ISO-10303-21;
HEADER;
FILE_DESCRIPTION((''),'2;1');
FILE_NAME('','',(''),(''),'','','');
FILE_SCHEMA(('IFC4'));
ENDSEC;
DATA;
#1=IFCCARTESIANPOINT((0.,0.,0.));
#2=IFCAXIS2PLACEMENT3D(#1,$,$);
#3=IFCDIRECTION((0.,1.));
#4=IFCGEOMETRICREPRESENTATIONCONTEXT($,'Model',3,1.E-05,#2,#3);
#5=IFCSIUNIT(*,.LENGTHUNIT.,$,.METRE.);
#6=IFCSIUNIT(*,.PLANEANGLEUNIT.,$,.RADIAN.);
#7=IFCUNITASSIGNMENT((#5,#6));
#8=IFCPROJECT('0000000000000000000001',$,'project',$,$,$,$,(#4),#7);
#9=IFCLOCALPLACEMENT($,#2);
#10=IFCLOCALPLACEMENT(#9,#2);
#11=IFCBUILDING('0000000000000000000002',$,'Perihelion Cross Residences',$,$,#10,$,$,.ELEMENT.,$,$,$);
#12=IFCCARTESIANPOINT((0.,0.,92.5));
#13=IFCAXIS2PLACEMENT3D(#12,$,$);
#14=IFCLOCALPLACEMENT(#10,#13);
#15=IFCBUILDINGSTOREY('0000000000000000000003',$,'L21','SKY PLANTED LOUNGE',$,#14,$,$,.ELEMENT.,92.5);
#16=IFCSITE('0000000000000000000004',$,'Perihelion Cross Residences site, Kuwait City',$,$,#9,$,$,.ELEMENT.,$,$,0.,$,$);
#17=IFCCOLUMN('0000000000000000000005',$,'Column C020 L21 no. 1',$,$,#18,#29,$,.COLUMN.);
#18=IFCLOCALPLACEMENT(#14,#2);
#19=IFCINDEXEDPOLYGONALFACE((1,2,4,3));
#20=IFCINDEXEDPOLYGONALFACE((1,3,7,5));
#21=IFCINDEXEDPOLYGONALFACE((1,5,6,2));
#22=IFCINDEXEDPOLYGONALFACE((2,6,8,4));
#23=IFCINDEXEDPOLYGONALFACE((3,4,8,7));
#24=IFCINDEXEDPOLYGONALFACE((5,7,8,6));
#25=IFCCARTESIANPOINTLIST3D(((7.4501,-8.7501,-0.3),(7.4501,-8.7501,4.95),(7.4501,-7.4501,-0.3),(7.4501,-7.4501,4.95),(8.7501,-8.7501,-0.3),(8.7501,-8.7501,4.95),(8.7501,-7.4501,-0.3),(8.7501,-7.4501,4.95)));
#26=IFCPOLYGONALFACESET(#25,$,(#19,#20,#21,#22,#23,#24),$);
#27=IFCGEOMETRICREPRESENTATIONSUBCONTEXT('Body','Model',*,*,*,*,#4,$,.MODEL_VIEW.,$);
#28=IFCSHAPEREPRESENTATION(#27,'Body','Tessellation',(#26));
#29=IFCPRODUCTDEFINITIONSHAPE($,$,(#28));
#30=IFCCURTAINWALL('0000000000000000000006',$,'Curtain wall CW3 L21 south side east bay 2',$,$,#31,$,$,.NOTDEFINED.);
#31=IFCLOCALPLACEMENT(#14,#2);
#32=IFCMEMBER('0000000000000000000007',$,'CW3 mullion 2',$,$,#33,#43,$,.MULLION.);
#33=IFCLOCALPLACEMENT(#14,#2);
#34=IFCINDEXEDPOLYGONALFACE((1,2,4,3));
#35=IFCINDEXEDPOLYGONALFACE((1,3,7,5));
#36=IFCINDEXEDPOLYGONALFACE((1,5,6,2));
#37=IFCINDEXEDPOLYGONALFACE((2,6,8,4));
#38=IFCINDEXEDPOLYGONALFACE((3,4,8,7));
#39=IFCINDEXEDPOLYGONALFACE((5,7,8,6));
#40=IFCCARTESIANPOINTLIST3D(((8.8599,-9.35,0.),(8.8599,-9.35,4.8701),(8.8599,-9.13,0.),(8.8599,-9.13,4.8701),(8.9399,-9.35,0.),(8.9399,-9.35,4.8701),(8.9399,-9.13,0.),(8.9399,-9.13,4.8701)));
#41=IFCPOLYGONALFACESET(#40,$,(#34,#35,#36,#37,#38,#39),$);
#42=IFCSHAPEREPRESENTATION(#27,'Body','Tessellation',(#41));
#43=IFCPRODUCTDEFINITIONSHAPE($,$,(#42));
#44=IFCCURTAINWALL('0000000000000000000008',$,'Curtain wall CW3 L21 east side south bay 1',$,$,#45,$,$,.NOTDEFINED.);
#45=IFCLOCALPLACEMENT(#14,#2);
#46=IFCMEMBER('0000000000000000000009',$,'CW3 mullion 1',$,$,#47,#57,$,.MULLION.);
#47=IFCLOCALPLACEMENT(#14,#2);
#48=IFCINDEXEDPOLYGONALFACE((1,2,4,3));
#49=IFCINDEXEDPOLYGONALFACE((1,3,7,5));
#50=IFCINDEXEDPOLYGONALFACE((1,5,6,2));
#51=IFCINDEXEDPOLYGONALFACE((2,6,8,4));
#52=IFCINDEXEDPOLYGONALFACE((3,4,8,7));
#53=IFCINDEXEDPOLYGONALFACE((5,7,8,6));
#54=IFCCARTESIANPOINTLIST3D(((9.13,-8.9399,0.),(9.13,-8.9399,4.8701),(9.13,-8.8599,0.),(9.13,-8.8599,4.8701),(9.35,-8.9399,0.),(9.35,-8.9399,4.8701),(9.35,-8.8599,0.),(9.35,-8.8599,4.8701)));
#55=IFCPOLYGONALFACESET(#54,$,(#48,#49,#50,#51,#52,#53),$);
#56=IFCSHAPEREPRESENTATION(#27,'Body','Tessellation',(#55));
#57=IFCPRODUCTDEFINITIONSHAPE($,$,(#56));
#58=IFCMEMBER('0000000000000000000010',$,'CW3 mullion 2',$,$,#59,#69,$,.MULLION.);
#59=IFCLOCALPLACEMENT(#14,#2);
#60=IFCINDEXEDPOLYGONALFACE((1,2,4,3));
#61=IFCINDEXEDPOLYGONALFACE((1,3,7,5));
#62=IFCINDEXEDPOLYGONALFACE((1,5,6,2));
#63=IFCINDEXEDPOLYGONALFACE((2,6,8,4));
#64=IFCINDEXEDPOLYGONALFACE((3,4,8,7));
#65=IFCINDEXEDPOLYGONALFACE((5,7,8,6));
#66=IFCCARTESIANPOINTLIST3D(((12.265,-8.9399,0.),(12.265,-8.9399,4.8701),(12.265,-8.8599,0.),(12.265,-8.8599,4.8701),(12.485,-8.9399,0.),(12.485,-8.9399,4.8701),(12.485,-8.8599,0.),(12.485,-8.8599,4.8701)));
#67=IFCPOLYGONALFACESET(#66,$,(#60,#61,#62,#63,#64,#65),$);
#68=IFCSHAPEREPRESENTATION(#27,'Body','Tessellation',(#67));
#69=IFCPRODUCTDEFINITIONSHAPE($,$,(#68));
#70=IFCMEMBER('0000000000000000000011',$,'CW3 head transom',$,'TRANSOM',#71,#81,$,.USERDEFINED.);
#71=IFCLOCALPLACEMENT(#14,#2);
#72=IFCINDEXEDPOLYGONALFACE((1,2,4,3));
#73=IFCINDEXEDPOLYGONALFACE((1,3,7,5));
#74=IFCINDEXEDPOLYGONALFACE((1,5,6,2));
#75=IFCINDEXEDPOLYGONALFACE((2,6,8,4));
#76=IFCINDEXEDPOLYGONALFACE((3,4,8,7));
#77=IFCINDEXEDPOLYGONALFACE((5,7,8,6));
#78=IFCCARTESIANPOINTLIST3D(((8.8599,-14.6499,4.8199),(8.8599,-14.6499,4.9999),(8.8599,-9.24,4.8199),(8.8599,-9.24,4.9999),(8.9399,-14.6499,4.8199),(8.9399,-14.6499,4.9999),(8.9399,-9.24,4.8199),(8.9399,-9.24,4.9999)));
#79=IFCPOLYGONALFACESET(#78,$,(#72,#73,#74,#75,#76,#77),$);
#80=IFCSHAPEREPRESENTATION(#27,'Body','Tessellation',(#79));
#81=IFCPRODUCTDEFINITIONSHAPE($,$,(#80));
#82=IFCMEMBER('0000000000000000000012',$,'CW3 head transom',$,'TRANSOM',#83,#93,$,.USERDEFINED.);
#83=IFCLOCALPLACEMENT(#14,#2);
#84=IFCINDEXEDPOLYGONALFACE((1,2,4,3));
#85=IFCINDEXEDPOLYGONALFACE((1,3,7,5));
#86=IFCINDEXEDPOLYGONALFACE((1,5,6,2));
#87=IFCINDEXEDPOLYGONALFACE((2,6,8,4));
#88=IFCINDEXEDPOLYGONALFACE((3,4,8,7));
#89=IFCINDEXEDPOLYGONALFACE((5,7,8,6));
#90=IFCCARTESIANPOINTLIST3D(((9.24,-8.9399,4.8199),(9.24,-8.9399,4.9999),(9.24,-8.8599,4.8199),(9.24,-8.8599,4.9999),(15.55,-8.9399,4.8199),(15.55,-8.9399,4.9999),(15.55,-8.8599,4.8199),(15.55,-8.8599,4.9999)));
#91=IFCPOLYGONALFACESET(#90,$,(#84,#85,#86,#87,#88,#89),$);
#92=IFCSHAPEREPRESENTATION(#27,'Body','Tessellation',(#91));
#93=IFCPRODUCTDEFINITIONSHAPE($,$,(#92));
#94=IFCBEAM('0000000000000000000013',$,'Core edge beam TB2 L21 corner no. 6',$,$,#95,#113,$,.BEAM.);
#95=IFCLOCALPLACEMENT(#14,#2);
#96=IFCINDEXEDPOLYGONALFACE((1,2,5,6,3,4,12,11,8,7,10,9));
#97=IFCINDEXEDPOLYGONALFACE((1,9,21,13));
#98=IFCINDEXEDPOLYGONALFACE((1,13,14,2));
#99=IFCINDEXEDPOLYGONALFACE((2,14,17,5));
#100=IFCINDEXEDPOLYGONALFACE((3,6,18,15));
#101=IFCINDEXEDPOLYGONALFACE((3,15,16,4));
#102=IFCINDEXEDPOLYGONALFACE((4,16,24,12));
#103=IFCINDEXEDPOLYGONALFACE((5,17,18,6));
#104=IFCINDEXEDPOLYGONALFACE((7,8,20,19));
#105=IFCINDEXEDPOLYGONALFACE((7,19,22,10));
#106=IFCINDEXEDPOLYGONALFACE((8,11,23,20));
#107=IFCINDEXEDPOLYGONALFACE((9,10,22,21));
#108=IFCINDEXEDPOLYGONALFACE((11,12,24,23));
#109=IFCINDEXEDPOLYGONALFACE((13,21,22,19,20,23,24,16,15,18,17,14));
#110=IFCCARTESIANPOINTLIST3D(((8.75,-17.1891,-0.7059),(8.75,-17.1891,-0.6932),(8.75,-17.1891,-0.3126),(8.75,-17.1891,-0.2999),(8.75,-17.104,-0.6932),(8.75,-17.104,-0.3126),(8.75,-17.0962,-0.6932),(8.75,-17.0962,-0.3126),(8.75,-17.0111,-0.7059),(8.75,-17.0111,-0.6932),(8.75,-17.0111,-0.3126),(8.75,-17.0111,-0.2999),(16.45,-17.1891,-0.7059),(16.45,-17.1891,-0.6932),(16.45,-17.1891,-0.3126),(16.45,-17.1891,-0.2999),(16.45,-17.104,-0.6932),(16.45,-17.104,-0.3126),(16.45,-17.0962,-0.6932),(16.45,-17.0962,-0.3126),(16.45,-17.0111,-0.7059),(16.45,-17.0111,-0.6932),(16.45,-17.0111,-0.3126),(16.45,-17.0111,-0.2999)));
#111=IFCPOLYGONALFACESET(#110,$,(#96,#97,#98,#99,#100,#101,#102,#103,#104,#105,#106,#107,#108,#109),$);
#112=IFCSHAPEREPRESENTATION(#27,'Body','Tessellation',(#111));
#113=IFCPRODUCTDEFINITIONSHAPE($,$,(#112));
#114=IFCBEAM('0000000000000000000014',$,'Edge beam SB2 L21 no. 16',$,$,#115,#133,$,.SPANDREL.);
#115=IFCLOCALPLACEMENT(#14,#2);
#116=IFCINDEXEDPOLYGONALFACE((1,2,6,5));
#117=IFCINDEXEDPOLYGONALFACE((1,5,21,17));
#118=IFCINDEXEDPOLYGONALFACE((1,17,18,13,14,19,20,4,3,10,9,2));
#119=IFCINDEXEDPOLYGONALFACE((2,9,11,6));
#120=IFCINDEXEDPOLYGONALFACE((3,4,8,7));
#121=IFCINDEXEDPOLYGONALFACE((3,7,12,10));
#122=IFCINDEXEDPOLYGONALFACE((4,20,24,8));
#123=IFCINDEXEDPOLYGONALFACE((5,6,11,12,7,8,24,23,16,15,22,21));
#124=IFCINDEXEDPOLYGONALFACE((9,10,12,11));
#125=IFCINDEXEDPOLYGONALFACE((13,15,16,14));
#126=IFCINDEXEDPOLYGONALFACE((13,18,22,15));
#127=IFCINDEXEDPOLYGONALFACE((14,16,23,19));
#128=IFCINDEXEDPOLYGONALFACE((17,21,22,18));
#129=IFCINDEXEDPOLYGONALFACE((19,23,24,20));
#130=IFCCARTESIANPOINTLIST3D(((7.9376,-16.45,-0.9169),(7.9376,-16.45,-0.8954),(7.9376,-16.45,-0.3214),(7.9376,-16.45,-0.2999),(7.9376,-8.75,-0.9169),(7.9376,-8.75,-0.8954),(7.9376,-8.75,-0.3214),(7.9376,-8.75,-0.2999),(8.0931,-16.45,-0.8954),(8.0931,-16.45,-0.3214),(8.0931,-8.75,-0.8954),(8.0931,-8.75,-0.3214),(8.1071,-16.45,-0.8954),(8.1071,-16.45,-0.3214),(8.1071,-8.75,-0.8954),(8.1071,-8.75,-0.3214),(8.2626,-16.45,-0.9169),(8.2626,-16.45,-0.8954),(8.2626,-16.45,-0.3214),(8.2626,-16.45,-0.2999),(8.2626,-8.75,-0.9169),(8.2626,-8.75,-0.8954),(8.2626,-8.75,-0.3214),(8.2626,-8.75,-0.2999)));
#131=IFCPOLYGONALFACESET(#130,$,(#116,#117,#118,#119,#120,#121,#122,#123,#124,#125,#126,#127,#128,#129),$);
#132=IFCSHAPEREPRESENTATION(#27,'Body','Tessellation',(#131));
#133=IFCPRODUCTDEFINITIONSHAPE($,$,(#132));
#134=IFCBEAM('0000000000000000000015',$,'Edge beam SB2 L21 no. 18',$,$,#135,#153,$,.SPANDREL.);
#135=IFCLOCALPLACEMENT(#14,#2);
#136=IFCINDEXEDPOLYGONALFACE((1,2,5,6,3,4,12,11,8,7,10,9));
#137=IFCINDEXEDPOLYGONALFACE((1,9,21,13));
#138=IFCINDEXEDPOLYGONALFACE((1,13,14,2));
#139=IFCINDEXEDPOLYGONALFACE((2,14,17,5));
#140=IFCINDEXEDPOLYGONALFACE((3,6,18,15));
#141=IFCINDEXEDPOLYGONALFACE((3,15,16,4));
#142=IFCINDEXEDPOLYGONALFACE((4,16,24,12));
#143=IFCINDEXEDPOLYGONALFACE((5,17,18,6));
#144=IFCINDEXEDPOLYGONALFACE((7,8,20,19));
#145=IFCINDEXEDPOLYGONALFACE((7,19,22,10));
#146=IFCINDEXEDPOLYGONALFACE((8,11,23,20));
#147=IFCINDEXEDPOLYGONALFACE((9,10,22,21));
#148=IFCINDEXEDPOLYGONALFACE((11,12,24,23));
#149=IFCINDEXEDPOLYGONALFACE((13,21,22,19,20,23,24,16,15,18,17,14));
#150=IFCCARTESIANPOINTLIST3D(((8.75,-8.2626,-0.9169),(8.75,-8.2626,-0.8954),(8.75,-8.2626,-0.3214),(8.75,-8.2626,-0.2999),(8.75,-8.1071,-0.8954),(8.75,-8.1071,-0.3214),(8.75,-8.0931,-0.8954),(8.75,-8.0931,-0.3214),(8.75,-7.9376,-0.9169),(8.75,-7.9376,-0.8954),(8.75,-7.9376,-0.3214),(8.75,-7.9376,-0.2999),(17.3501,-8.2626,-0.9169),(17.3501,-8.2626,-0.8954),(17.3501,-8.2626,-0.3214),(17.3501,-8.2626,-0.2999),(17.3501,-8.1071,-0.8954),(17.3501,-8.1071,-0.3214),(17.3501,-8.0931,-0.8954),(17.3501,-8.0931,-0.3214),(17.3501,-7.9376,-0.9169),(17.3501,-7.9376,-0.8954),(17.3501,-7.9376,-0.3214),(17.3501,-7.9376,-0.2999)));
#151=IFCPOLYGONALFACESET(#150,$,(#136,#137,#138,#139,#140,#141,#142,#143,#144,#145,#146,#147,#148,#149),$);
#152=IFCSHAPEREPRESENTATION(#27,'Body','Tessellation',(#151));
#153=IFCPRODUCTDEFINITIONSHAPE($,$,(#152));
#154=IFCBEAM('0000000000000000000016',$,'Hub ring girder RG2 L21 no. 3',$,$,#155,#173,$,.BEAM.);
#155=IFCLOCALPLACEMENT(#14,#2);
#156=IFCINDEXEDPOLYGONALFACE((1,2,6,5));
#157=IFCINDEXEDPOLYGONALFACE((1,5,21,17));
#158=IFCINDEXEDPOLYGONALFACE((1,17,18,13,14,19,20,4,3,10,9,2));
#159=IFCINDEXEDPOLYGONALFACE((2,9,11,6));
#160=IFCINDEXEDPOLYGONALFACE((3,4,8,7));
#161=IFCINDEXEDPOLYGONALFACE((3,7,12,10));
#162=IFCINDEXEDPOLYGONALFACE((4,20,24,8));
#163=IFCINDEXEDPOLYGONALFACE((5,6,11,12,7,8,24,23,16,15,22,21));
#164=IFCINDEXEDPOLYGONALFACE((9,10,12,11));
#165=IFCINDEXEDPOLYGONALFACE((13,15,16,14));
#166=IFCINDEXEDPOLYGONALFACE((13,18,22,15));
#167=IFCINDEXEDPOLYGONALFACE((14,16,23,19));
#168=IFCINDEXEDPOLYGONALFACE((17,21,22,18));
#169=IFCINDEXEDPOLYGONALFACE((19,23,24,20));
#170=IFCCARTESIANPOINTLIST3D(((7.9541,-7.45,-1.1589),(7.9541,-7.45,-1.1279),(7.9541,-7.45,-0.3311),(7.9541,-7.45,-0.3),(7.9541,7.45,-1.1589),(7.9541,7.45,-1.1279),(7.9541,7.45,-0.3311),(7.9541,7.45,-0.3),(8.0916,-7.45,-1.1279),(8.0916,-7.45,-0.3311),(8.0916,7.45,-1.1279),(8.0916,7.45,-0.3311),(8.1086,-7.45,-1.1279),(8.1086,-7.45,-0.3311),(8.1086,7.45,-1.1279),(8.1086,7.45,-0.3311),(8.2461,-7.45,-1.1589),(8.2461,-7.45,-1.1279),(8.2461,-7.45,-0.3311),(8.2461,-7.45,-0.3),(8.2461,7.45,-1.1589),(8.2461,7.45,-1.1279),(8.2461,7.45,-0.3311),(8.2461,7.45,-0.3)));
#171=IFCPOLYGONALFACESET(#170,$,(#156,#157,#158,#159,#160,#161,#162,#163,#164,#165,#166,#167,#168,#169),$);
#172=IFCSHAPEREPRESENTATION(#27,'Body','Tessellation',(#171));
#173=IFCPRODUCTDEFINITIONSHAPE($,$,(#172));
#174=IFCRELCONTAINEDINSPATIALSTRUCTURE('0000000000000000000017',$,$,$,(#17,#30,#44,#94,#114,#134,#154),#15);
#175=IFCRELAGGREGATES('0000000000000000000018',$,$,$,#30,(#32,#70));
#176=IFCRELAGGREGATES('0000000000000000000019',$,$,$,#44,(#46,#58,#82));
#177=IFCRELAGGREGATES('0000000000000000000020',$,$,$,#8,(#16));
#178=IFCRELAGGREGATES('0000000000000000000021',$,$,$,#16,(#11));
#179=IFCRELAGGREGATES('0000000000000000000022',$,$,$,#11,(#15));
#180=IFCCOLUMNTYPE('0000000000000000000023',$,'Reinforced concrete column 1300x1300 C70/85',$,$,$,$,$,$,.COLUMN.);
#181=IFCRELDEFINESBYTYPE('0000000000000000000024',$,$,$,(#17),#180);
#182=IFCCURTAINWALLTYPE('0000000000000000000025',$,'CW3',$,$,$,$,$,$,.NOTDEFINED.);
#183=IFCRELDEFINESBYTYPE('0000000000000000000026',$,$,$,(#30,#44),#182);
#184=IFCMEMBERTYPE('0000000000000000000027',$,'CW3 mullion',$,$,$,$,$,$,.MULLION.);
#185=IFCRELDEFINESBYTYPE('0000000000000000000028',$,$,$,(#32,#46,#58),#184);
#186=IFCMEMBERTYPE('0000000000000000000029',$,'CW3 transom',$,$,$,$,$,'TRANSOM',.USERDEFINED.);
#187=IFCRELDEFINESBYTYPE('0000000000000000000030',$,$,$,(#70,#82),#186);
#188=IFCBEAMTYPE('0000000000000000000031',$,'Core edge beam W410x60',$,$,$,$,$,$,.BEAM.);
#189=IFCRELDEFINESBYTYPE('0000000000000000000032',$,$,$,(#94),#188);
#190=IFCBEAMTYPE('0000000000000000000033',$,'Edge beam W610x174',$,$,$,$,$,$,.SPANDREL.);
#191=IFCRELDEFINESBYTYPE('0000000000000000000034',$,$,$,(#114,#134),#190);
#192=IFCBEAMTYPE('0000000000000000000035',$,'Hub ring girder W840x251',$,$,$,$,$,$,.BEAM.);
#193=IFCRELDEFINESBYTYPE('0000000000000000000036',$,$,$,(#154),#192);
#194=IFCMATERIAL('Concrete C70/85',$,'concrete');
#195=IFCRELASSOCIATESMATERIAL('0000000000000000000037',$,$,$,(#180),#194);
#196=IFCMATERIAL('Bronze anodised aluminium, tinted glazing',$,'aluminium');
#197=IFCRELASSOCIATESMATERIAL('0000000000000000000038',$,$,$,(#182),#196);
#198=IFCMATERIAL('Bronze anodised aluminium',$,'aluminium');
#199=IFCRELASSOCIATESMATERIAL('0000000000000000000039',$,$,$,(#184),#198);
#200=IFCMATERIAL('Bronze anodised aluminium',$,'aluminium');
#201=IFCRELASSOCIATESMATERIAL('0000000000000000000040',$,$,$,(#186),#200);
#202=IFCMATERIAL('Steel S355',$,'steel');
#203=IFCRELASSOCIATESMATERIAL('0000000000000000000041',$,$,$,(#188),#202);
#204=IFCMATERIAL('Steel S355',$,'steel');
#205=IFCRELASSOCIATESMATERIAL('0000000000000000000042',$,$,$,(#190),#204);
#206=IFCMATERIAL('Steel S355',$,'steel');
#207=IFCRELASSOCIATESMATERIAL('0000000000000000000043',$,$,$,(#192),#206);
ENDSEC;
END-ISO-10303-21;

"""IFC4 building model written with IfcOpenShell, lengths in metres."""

from ifc_helpers import new_model, si_unit, direction, frame, origin, origin_2d, place, context, subcontext, project, spatial, rectangle, i_section, extrude, material, material_profile, profile_set, type_object, element, aggregate, save


model = new_model("IFC4")

# Units and contexts
model_context = context("Model", 3, precision=1e-05, world=origin(), true_north=direction((0.0, 1.0)))
body_context = subcontext(model_context, "Body", "Model", "MODEL_VIEW")
ifc_project = project(units=[si_unit("LENGTHUNIT", "METRE"), si_unit("PLANEANGLEUNIT", "RADIAN")], contexts=[model_context])

# Site, building, storey
site_placement = place(None, origin())
site = spatial("IfcSite", under=ifc_project, at=site_placement, Name="Perihelion Cross Residences site, Kuwait City", CompositionType="ELEMENT", RefElevation=0.0)
building_placement = place(site_placement, origin())
building = spatial("IfcBuilding", under=site, at=building_placement, Name="Perihelion Cross Residences", CompositionType="ELEMENT")
storey_placement = place(building_placement, frame((0.0, 0.0, 92.5)))
storey = spatial("IfcBuildingStorey", under=building, at=storey_placement, Name="L21", Description="SKY PLANTED LOUNGE", CompositionType="ELEMENT", Elevation=92.5)

# Column
ifc_material_1 = material(Name="Concrete C70/85", Category="concrete")
ifc_material_profile_1 = material_profile(ifc_material_1, rectangle(XDim=1.3, YDim=1.3, at=origin_2d()), Name="RC 1300x1300")
ifc_profile_set_1 = profile_set([ifc_material_profile_1], Name="Concrete C70/85")
column_type = type_object("IfcColumnType", Name="Reinforced concrete column 1300x1300 C70/85", PredefinedType="COLUMN", material=ifc_profile_set_1)
column_placement = place(storey_placement, frame((8.1001, -8.1001, -0.3), z_axis=(0.0, 0.0, 1.0), x_axis=(1.0, 0.0, 0.0)))
element("IfcColumn", 1, at=column_placement, inside=storey, type_object=column_type, Name="Column C020 L21 no. 1", PredefinedType="COLUMN", context=body_context, shape_type="SweptSolid", body=[
    extrude(rectangle(XDim=1.3, YDim=1.3, at=origin_2d()), origin(), (0.0, 0.0, 1.0), 5.25),
])

# Curtain wall, member
ifc_material_2 = material(Name="Bronze anodised aluminium, tinted glazing", Category="aluminium")
curtain_wall_type = type_object("IfcCurtainWallType", Name="CW3", PredefinedType="NOTDEFINED", material=ifc_material_2)
curtain_wall_1_placement = place(storey_placement, origin())
curtain_wall_1 = element("IfcCurtainWall", 2, at=curtain_wall_1_placement, inside=storey, type_object=curtain_wall_type, Name="Curtain wall CW3 L21 south side east bay 2", PredefinedType="NOTDEFINED")
ifc_material_3 = material(Name="Bronze anodised aluminium", Category="aluminium")
ifc_material_profile_2 = material_profile(ifc_material_3, rectangle(XDim=0.0801, YDim=0.22, at=origin_2d()), Name="CW3 mullion")
ifc_profile_set_2 = profile_set([ifc_material_profile_2], Name="Bronze anodised aluminium")
member_type_1 = type_object("IfcMemberType", Name="CW3 mullion", PredefinedType="MULLION", material=ifc_profile_set_2)
member_1_placement = place(storey_placement, frame((8.8999, -9.24, 0.0), z_axis=(0.0, 0.0, 1.0), x_axis=(-1.0, 0.0, 0.0)))
member_1 = element("IfcMember", 3, at=member_1_placement, type_object=member_type_1, Name="CW3 mullion 2", PredefinedType="MULLION", context=body_context, shape_type="SweptSolid", body=[
    extrude(rectangle(XDim=0.0801, YDim=0.22, at=origin_2d()), origin(), (0.0, 0.0, 1.0), 4.8701),
])

# Curtain wall, members
curtain_wall_2_placement = place(storey_placement, origin())
curtain_wall_2 = element("IfcCurtainWall", 4, at=curtain_wall_2_placement, inside=storey, type_object=curtain_wall_type, Name="Curtain wall CW3 L21 east side south bay 1", PredefinedType="NOTDEFINED")
member_2_placement = place(storey_placement, frame((9.24, -8.8999, 0.0), z_axis=(0.0, 0.0, 1.0), x_axis=(0.0, 1.0, 0.0)))
member_2 = element("IfcMember", 5, at=member_2_placement, type_object=member_type_1, Name="CW3 mullion 1", PredefinedType="MULLION", context=body_context, shape_type="SweptSolid", body=[
    extrude(rectangle(XDim=0.0801, YDim=0.22, at=origin_2d()), origin(), (0.0, 0.0, 1.0), 4.8701),
])
member_3_placement = place(storey_placement, frame((12.375, -8.8999, 0.0), z_axis=(0.0, 0.0, 1.0), x_axis=(0.0, 1.0, 0.0)))
member_3 = element("IfcMember", 6, at=member_3_placement, type_object=member_type_1, Name="CW3 mullion 2", PredefinedType="MULLION", context=body_context, shape_type="SweptSolid", body=[
    extrude(rectangle(XDim=0.0801, YDim=0.22, at=origin_2d()), origin(), (0.0, 0.0, 1.0), 4.8701),
])

# Members
ifc_material_4 = material(Name="Bronze anodised aluminium", Category="aluminium")
ifc_material_profile_3 = material_profile(ifc_material_4, rectangle(XDim=0.0801, YDim=0.1799, at=origin_2d()), Name="CW3 transom")
ifc_profile_set_3 = profile_set([ifc_material_profile_3], Name="Bronze anodised aluminium")
member_type_2 = type_object("IfcMemberType", Name="CW3 transom", ElementType="TRANSOM", PredefinedType="USERDEFINED", material=ifc_profile_set_3)
member_4_placement = place(storey_placement, frame((8.8999, -14.6499, 4.9099), z_axis=(0.0, 1.0, 0.0), x_axis=(-1.0, 0.0, 0.0)))
member_4 = element("IfcMember", 7, at=member_4_placement, type_object=member_type_2, Name="CW3 head transom", ObjectType="TRANSOM", PredefinedType="USERDEFINED", context=body_context, shape_type="SweptSolid", body=[
    extrude(rectangle(XDim=0.0801, YDim=0.1799, at=origin_2d()), origin(), (0.0, 0.0, 1.0), 5.4099),
])
member_5_placement = place(storey_placement, frame((9.24, -8.8999, 4.9099), z_axis=(1.0, 0.0, 0.0), x_axis=(0.0, 1.0, 0.0)))
member_5 = element("IfcMember", 8, at=member_5_placement, type_object=member_type_2, Name="CW3 head transom", ObjectType="TRANSOM", PredefinedType="USERDEFINED", context=body_context, shape_type="SweptSolid", body=[
    extrude(rectangle(XDim=0.0801, YDim=0.1799, at=origin_2d()), origin(), (0.0, 0.0, 1.0), 6.3101),
])

# Beams
ifc_material_5 = material(Name="Steel S355", Category="steel")
ifc_material_profile_4 = material_profile(ifc_material_5, i_section(OverallWidth=0.178, OverallDepth=0.406, WebThickness=0.0078, FlangeThickness=0.0127, at=origin_2d()), Name="W410x60")
ifc_profile_set_4 = profile_set([ifc_material_profile_4], Name="Steel S355")
beam_type_1 = type_object("IfcBeamType", Name="Core edge beam W410x60", PredefinedType="BEAM", material=ifc_profile_set_4)
beam_1_placement = place(storey_placement, frame((8.75, -17.1001, -0.5029), z_axis=(1.0, 0.0, 0.0), x_axis=(0.0, 1.0, 0.0)))
element("IfcBeam", 9, at=beam_1_placement, inside=storey, type_object=beam_type_1, Name="Core edge beam TB2 L21 corner no. 6", PredefinedType="BEAM", context=body_context, shape_type="SweptSolid", body=[
    extrude(i_section(OverallWidth=0.178, OverallDepth=0.406, WebThickness=0.0078, FlangeThickness=0.0127, at=origin_2d()), origin(), (0.0, 0.0, 1.0), 7.7),
])
ifc_material_6 = material(Name="Steel S355", Category="steel")
ifc_material_profile_5 = material_profile(ifc_material_6, i_section(OverallWidth=0.325, OverallDepth=0.6169, WebThickness=0.0139, FlangeThickness=0.0215, at=origin_2d()), Name="W610x174")
ifc_profile_set_5 = profile_set([ifc_material_profile_5], Name="Steel S355")
beam_type_2 = type_object("IfcBeamType", Name="Edge beam W610x174", PredefinedType="SPANDREL", material=ifc_profile_set_5)
beam_2_placement = place(storey_placement, frame((8.1001, -16.45, -0.6084), z_axis=(0.0, 1.0, 0.0), x_axis=(-1.0, 0.0, 0.0)))
element("IfcBeam", 10, at=beam_2_placement, inside=storey, type_object=beam_type_2, Name="Edge beam SB2 L21 no. 16", PredefinedType="SPANDREL", context=body_context, shape_type="SweptSolid", body=[
    extrude(i_section(OverallWidth=0.325, OverallDepth=0.6169, WebThickness=0.0139, FlangeThickness=0.0215, at=origin_2d()), origin(), (0.0, 0.0, 1.0), 7.7),
])
beam_3_placement = place(storey_placement, frame((8.75, -8.1001, -0.6084), z_axis=(1.0, 0.0, 0.0), x_axis=(0.0, 1.0, 0.0)))
element("IfcBeam", 11, at=beam_3_placement, inside=storey, type_object=beam_type_2, Name="Edge beam SB2 L21 no. 18", PredefinedType="SPANDREL", context=body_context, shape_type="SweptSolid", body=[
    extrude(i_section(OverallWidth=0.325, OverallDepth=0.6169, WebThickness=0.0139, FlangeThickness=0.0215, at=origin_2d()), origin(), (0.0, 0.0, 1.0), 8.6001),
])
ifc_material_7 = material(Name="Steel S355", Category="steel")
ifc_material_profile_6 = material_profile(ifc_material_7, i_section(OverallWidth=0.292, OverallDepth=0.8589, WebThickness=0.0171, FlangeThickness=0.031, at=origin_2d()), Name="W840x251")
ifc_profile_set_6 = profile_set([ifc_material_profile_6], Name="Steel S355")
beam_type_3 = type_object("IfcBeamType", Name="Hub ring girder W840x251", PredefinedType="BEAM", material=ifc_profile_set_6)
beam_4_placement = place(storey_placement, frame((8.1001, -7.45, -0.7295), z_axis=(0.0, 1.0, 0.0), x_axis=(-1.0, 0.0, 0.0)))
element("IfcBeam", 12, at=beam_4_placement, inside=storey, type_object=beam_type_3, Name="Hub ring girder RG2 L21 no. 3", PredefinedType="BEAM", context=body_context, shape_type="SweptSolid", body=[
    extrude(i_section(OverallWidth=0.292, OverallDepth=0.8589, WebThickness=0.0171, FlangeThickness=0.031, at=origin_2d()), origin(), (0.0, 0.0, 1.0), 14.8999),
])

aggregate(curtain_wall_1, [member_1, member_4])
aggregate(curtain_wall_2, [member_2, member_3, member_5])

save(model, "model.ifc")
